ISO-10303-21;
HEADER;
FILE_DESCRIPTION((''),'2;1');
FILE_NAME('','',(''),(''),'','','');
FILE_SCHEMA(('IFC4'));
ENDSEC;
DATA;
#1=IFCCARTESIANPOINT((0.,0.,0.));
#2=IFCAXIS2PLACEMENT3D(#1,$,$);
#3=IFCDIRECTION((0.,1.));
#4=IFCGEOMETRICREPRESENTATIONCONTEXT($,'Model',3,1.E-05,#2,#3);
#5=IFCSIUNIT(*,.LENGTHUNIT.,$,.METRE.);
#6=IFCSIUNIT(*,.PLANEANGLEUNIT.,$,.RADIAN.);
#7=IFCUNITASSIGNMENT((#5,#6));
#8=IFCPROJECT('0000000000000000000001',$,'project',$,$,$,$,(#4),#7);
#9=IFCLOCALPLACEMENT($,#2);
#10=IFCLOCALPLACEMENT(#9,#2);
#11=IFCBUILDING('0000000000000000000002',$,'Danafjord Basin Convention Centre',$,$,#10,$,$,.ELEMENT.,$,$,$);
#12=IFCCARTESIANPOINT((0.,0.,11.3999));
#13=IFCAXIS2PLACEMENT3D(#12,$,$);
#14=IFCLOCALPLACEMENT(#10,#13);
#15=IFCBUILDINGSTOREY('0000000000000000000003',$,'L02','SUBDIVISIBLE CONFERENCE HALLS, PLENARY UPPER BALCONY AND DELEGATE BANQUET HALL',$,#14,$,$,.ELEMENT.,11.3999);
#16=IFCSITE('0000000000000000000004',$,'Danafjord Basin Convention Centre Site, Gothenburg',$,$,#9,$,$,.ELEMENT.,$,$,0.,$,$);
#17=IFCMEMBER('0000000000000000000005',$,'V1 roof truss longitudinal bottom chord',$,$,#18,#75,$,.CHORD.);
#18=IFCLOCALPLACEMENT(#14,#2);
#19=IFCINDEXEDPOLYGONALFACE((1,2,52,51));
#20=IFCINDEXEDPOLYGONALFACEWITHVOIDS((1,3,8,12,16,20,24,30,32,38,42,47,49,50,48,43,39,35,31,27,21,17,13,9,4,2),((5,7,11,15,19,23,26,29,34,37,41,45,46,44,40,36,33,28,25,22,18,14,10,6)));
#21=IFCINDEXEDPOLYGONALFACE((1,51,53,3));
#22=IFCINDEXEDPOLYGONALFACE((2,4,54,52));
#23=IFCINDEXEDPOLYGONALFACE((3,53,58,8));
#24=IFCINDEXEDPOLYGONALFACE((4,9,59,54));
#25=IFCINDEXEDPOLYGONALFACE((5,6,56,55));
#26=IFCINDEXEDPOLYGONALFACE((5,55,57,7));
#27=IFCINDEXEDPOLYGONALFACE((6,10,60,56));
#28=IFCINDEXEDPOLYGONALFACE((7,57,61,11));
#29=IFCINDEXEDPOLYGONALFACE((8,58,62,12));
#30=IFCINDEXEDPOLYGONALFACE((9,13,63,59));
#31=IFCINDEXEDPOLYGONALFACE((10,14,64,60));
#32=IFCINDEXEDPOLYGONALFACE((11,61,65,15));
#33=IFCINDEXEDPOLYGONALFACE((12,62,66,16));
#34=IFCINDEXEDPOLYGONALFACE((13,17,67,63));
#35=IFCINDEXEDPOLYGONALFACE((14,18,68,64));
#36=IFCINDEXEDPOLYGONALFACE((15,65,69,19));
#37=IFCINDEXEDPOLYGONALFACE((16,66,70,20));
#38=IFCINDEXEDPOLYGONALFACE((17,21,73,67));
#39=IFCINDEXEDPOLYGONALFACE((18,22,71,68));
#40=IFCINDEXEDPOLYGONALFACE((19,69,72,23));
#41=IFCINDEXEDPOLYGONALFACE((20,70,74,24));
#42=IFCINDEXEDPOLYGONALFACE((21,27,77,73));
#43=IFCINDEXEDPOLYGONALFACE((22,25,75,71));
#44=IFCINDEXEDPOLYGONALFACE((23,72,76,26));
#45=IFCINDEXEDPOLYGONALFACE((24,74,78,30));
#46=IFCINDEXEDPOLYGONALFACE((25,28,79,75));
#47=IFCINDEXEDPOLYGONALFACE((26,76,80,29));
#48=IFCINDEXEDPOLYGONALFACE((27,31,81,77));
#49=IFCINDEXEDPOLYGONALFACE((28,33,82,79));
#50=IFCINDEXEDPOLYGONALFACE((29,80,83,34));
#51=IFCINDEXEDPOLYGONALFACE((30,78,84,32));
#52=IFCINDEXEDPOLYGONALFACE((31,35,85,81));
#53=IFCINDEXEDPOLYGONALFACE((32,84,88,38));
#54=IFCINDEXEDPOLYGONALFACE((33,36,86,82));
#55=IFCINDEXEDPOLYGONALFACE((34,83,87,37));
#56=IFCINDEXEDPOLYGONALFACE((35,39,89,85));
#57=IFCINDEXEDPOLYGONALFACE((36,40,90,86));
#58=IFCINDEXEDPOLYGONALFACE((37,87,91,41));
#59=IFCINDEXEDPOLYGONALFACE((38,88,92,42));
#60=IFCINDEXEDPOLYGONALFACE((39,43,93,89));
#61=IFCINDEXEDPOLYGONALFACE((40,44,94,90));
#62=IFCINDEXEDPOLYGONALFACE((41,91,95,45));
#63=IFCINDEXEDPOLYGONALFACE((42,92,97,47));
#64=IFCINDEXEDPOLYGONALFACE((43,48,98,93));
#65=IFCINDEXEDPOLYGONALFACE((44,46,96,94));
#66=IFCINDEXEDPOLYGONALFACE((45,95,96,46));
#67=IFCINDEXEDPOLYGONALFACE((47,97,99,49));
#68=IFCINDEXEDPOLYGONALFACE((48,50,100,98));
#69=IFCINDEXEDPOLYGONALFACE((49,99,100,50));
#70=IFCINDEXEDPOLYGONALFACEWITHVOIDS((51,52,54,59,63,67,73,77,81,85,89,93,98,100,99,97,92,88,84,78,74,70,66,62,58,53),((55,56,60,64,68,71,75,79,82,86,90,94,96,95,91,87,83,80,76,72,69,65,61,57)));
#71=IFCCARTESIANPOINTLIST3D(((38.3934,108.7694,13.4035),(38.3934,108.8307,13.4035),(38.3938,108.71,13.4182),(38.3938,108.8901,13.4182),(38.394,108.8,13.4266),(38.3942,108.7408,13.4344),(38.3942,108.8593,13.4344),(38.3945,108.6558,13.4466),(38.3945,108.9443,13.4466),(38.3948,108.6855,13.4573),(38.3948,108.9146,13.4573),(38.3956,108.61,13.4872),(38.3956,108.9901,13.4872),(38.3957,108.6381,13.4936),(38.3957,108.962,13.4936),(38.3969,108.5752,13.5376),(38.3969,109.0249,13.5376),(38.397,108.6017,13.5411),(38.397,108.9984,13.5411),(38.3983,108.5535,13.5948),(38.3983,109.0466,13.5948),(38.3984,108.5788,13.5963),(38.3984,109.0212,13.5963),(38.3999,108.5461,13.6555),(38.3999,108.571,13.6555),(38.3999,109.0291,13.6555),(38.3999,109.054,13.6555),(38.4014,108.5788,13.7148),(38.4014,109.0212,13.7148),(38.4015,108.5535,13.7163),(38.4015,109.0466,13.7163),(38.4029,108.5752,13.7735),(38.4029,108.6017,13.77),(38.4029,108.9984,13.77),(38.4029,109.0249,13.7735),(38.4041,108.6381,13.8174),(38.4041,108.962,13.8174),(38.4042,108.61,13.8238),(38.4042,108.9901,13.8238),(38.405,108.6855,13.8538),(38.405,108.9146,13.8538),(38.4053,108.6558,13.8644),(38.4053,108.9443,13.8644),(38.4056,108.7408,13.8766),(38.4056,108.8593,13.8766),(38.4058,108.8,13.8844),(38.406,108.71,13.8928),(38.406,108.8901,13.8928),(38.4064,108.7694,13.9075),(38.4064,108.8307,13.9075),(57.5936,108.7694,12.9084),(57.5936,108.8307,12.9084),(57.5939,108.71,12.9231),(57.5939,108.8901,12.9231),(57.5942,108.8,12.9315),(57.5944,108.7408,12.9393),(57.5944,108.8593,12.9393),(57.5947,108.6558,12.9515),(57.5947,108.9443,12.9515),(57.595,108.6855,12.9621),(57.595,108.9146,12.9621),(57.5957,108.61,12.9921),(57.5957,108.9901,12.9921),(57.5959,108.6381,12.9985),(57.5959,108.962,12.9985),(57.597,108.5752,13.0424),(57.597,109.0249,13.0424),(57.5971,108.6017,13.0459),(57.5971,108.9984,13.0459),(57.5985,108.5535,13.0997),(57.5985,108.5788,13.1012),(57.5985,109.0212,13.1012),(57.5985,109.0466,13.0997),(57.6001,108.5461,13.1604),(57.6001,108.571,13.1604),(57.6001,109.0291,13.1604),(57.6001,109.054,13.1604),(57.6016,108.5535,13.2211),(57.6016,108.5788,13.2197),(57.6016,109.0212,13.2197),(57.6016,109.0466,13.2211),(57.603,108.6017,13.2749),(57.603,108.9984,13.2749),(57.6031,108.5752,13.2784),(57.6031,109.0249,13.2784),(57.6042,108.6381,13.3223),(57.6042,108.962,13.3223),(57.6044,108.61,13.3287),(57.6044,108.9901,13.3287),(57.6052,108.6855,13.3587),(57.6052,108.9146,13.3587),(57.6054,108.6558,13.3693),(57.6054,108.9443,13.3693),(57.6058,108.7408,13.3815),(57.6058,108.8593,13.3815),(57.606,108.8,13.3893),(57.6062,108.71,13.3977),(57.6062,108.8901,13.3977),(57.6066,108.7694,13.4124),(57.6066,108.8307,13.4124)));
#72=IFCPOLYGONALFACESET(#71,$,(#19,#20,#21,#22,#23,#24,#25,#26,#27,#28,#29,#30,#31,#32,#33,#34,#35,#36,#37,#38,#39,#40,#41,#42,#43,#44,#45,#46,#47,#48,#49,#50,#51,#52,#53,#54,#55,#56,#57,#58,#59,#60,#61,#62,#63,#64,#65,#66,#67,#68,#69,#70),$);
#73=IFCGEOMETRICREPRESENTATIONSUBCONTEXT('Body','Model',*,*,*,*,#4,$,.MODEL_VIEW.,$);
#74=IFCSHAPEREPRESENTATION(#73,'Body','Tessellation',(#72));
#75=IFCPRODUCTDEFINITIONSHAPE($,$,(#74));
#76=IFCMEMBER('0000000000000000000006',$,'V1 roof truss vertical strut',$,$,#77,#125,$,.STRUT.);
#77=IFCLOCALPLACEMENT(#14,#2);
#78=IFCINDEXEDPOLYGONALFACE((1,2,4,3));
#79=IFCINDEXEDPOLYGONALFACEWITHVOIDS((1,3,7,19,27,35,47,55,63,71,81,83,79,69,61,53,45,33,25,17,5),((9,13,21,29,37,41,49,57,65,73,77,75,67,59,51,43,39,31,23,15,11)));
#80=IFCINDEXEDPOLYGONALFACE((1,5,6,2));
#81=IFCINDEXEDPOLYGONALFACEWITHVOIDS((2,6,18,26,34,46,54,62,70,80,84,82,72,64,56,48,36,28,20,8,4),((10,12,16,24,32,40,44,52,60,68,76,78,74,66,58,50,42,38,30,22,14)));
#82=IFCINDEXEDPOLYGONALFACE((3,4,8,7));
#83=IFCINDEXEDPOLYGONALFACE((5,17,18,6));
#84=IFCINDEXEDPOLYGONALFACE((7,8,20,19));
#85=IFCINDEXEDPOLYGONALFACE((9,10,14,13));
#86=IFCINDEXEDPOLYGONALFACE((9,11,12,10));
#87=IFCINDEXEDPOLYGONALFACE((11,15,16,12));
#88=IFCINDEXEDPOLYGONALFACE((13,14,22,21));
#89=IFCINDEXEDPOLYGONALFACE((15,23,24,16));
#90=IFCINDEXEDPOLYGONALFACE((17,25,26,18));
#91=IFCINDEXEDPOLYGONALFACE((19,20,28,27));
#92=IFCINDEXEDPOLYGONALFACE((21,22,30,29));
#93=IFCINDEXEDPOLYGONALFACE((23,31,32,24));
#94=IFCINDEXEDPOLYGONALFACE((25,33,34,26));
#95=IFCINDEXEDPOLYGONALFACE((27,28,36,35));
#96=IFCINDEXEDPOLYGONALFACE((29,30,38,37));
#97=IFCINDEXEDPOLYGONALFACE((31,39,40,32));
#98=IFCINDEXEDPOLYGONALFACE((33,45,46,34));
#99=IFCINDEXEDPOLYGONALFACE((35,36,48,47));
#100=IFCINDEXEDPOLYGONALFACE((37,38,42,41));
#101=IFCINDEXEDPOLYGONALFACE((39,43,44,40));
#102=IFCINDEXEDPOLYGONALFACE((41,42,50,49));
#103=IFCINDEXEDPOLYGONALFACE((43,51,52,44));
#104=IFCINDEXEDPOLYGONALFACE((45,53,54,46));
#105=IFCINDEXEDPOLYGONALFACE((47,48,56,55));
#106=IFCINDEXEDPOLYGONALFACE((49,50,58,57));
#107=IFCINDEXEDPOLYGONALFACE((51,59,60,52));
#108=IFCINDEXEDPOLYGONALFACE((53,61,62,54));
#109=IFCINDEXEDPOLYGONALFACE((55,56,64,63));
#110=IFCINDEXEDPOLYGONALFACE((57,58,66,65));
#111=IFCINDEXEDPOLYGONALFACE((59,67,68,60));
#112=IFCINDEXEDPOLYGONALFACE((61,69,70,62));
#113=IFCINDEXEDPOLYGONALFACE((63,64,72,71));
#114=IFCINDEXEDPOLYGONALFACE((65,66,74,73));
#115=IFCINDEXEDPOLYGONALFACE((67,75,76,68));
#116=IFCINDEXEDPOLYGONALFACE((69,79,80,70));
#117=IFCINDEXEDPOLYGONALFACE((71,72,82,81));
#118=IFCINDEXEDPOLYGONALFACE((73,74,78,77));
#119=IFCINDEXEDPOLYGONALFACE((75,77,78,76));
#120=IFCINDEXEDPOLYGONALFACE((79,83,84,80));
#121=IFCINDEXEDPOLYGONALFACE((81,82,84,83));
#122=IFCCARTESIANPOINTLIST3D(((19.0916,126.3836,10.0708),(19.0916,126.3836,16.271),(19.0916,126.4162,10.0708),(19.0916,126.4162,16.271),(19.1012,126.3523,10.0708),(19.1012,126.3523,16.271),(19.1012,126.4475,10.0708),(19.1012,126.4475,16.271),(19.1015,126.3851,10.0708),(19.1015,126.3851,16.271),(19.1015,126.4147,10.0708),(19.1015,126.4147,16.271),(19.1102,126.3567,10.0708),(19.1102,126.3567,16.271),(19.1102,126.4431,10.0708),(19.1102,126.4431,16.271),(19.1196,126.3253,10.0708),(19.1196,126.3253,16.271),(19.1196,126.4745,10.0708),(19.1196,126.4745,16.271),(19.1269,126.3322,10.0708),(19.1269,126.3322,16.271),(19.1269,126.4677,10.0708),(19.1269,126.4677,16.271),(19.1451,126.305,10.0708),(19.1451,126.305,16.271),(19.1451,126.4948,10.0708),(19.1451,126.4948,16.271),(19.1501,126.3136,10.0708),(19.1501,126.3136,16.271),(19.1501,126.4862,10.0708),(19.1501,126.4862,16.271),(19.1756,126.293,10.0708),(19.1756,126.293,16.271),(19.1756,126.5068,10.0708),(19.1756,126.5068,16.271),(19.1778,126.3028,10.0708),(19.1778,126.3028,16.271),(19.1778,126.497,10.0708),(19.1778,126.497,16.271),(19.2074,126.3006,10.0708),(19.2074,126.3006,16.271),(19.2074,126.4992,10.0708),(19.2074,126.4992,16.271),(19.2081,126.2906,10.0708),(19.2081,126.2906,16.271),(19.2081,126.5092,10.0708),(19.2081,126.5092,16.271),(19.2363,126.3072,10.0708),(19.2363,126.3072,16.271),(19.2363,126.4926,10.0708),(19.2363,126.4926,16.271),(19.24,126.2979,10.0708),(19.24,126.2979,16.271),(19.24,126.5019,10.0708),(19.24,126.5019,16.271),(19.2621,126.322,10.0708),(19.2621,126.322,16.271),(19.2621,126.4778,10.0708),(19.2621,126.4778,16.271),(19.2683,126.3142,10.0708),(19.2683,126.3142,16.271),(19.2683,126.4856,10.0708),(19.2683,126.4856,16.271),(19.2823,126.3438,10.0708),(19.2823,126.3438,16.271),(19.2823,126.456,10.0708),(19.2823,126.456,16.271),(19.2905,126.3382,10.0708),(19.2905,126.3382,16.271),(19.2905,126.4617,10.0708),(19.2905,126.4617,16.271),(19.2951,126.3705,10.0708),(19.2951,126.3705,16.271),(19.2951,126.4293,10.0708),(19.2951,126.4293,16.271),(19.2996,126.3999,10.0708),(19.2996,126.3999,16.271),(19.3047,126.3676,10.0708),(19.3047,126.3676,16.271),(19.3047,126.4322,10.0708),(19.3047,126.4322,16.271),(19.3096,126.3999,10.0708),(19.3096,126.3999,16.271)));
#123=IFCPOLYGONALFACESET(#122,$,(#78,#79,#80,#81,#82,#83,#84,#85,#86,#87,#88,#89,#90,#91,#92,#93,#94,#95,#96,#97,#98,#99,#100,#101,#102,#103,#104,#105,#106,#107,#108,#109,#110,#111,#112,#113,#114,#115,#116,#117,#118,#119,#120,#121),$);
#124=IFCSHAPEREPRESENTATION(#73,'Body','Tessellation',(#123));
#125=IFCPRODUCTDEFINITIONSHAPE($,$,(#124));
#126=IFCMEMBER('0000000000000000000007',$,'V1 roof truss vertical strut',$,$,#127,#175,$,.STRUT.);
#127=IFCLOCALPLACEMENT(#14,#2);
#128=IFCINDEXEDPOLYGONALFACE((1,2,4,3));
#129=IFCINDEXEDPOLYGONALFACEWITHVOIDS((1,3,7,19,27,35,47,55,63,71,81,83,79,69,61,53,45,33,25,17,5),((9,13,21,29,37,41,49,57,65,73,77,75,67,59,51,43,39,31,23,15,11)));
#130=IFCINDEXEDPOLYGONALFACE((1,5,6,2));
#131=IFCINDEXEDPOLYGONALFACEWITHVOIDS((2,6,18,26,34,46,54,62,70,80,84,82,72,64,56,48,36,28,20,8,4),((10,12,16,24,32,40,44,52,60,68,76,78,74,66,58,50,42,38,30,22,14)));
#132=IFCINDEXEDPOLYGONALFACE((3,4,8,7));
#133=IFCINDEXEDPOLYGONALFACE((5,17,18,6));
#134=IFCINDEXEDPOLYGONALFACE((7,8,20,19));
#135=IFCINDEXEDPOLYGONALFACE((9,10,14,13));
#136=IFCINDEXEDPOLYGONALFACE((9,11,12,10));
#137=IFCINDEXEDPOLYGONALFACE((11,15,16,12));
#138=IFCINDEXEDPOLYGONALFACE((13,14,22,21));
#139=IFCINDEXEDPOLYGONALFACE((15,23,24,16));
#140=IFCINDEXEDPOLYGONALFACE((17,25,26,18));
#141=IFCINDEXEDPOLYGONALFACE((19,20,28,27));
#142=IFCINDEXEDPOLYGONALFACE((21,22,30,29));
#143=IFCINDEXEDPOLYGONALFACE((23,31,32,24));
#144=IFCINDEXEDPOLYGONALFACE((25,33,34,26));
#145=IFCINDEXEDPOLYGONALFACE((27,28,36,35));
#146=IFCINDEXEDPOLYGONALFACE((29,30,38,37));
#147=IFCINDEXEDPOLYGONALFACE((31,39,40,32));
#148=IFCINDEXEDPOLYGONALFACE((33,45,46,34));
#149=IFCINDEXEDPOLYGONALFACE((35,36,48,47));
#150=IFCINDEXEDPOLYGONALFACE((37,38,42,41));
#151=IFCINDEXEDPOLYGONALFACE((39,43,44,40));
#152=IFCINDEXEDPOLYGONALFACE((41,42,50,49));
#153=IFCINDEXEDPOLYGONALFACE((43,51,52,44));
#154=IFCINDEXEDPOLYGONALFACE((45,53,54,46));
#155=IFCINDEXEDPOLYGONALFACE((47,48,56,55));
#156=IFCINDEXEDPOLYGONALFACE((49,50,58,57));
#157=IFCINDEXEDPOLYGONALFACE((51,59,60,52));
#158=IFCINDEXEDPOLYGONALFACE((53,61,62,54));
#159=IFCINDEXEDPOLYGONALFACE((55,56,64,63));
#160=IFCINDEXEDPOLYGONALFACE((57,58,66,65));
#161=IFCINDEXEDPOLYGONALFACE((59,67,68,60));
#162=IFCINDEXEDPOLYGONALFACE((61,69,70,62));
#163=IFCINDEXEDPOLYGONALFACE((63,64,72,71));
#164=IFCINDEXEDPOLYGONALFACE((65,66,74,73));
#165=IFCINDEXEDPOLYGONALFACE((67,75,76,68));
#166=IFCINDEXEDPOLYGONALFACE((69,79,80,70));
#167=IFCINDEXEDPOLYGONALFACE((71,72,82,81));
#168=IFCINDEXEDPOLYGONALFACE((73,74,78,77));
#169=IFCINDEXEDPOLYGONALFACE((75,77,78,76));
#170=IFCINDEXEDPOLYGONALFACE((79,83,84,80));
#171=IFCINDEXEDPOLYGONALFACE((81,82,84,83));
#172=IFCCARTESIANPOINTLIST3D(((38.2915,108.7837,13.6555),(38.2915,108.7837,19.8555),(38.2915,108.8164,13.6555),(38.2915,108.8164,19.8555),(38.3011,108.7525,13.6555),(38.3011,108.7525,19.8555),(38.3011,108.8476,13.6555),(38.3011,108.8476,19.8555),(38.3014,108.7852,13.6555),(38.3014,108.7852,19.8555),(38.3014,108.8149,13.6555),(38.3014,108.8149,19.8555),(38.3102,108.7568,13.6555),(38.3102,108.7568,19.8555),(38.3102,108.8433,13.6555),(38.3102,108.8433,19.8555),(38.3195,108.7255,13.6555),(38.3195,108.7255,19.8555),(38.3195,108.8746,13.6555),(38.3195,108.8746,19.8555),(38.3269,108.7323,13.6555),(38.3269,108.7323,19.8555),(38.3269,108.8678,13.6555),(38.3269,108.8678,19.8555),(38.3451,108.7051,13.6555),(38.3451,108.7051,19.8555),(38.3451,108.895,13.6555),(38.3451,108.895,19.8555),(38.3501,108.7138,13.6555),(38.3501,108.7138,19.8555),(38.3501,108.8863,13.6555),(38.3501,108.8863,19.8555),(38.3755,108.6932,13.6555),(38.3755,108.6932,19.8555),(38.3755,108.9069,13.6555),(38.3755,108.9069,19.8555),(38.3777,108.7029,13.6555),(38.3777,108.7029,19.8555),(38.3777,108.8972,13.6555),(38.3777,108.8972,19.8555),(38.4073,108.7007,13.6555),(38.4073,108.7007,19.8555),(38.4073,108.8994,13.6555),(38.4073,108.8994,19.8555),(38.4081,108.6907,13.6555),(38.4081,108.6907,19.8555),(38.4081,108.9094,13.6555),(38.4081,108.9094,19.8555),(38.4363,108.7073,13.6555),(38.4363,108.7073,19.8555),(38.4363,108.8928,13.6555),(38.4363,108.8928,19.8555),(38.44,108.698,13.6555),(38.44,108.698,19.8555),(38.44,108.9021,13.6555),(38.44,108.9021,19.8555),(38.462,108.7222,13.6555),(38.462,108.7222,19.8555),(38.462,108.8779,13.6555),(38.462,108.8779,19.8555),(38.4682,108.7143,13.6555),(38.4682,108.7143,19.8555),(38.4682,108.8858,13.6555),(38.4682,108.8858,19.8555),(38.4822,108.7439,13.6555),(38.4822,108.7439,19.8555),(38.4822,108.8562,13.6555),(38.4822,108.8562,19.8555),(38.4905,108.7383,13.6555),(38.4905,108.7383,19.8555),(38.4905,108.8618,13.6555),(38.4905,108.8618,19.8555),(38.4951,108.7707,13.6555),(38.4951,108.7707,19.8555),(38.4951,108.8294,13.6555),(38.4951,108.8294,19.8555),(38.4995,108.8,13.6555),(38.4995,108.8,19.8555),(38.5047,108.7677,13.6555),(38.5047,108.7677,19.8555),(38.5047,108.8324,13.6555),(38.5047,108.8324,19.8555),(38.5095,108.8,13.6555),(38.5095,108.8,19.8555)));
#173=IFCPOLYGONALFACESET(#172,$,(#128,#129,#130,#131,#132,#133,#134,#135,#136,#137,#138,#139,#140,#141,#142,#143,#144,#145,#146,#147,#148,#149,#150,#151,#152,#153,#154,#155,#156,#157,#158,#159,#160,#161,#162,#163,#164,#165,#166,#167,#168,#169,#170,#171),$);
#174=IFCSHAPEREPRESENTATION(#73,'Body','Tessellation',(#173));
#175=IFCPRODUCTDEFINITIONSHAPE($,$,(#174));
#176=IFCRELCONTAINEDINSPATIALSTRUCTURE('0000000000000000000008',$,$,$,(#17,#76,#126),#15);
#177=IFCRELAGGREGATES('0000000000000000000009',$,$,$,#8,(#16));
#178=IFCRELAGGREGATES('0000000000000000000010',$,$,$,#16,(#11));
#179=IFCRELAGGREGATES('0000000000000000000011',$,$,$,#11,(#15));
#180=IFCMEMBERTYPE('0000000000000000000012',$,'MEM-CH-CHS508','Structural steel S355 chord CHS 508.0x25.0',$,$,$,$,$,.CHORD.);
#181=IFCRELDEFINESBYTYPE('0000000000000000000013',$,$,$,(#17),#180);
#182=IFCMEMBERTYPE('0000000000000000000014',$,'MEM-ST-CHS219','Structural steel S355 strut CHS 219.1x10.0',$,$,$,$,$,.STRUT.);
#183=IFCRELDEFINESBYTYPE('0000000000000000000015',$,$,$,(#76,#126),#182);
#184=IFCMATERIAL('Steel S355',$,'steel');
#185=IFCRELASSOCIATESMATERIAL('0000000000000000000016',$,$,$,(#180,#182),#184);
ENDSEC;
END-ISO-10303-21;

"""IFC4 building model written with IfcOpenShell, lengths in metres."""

from ifc_helpers import new_model, si_unit, direction, frame, origin, origin_2d, place, context, subcontext, project, spatial, hollow_circle, extrude, material, material_profile, profile_set, type_object, element, save


model = new_model("IFC4")

# Units and contexts
model_context = context("Model", 3, precision=1e-05, world=origin(), true_north=direction((0.0, 1.0)))
body_context = subcontext(model_context, "Body", "Model", "MODEL_VIEW")
ifc_project = project(units=[si_unit("LENGTHUNIT", "METRE"), si_unit("PLANEANGLEUNIT", "RADIAN")], contexts=[model_context])

# Site, building, storey
site_placement = place(None, origin())
site = spatial("IfcSite", under=ifc_project, at=site_placement, Name="Danafjord Basin Convention Centre Site, Gothenburg", CompositionType="ELEMENT", RefElevation=0.0)
building_placement = place(site_placement, origin())
building = spatial("IfcBuilding", under=site, at=building_placement, Name="Danafjord Basin Convention Centre", CompositionType="ELEMENT")
storey_placement = place(building_placement, frame((0.0, 0.0, 11.3999)))
storey = spatial("IfcBuildingStorey", under=building, at=storey_placement, Name="L02", Description="SUBDIVISIBLE CONFERENCE HALLS, PLENARY UPPER BALCONY AND DELEGATE BANQUET HALL", CompositionType="ELEMENT", Elevation=11.3999)

# Members
ifc_material = material(Name="Steel S355", Category="steel")
ifc_material_profile_1 = material_profile(ifc_material, hollow_circle(Radius=0.2539, WallThickness=0.0249, at=origin_2d()), Name="CHS 508.0x25.0")
ifc_profile_set_1 = profile_set([ifc_material_profile_1], Name="Steel S355")
member_type_1 = type_object("IfcMemberType", Name="MEM-CH-CHS508", Description="Structural steel S355 chord CHS 508.0x25.0", PredefinedType="CHORD", material=ifc_profile_set_1)
member_1_placement = place(storey_placement, frame((38.3999, 108.8, 13.6555), z_axis=(0.999668, 0.0, -0.025779), x_axis=(0.0, 1.0, 0.0)))
element("IfcMember", 1, at=member_1_placement, inside=storey, type_object=member_type_1, Name="V1 roof truss longitudinal bottom chord", PredefinedType="CHORD", context=body_context, shape_type="SweptSolid", body=[
    extrude(hollow_circle(Radius=0.2539, WallThickness=0.0249, at=origin_2d()), origin(), (0.0, 0.0, 1.0), 19.2065),
])
ifc_material_profile_2 = material_profile(ifc_material, hollow_circle(Radius=0.1096, WallThickness=0.01, at=origin_2d()), Name="CHS 219.1x10.0")
ifc_profile_set_2 = profile_set([ifc_material_profile_2], Name="Steel S355")
member_type_2 = type_object("IfcMemberType", Name="MEM-ST-CHS219", Description="Structural steel S355 strut CHS 219.1x10.0", PredefinedType="STRUT", material=ifc_profile_set_2)
member_2_placement = place(storey_placement, frame((19.2, 126.3999, 10.0708), z_axis=(0.0, 0.0, 1.0), x_axis=(1.0, 0.0, 0.0)))
element("IfcMember", 2, at=member_2_placement, inside=storey, type_object=member_type_2, Name="V1 roof truss vertical strut", PredefinedType="STRUT", context=body_context, shape_type="SweptSolid", body=[
    extrude(hollow_circle(Radius=0.1096, WallThickness=0.01, at=origin_2d()), origin(), (0.0, 0.0, 1.0), 6.2002),
])
member_3_placement = place(storey_placement, frame((38.3999, 108.8, 13.6555), z_axis=(0.0, 0.0, 1.0), x_axis=(1.0, 0.0, 0.0)))
element("IfcMember", 3, at=member_3_placement, inside=storey, type_object=member_type_2, Name="V1 roof truss vertical strut", PredefinedType="STRUT", context=body_context, shape_type="SweptSolid", body=[
    extrude(hollow_circle(Radius=0.1096, WallThickness=0.01, at=origin_2d()), origin(), (0.0, 0.0, 1.0), 6.2),
])

save(model, "model.ifc")
